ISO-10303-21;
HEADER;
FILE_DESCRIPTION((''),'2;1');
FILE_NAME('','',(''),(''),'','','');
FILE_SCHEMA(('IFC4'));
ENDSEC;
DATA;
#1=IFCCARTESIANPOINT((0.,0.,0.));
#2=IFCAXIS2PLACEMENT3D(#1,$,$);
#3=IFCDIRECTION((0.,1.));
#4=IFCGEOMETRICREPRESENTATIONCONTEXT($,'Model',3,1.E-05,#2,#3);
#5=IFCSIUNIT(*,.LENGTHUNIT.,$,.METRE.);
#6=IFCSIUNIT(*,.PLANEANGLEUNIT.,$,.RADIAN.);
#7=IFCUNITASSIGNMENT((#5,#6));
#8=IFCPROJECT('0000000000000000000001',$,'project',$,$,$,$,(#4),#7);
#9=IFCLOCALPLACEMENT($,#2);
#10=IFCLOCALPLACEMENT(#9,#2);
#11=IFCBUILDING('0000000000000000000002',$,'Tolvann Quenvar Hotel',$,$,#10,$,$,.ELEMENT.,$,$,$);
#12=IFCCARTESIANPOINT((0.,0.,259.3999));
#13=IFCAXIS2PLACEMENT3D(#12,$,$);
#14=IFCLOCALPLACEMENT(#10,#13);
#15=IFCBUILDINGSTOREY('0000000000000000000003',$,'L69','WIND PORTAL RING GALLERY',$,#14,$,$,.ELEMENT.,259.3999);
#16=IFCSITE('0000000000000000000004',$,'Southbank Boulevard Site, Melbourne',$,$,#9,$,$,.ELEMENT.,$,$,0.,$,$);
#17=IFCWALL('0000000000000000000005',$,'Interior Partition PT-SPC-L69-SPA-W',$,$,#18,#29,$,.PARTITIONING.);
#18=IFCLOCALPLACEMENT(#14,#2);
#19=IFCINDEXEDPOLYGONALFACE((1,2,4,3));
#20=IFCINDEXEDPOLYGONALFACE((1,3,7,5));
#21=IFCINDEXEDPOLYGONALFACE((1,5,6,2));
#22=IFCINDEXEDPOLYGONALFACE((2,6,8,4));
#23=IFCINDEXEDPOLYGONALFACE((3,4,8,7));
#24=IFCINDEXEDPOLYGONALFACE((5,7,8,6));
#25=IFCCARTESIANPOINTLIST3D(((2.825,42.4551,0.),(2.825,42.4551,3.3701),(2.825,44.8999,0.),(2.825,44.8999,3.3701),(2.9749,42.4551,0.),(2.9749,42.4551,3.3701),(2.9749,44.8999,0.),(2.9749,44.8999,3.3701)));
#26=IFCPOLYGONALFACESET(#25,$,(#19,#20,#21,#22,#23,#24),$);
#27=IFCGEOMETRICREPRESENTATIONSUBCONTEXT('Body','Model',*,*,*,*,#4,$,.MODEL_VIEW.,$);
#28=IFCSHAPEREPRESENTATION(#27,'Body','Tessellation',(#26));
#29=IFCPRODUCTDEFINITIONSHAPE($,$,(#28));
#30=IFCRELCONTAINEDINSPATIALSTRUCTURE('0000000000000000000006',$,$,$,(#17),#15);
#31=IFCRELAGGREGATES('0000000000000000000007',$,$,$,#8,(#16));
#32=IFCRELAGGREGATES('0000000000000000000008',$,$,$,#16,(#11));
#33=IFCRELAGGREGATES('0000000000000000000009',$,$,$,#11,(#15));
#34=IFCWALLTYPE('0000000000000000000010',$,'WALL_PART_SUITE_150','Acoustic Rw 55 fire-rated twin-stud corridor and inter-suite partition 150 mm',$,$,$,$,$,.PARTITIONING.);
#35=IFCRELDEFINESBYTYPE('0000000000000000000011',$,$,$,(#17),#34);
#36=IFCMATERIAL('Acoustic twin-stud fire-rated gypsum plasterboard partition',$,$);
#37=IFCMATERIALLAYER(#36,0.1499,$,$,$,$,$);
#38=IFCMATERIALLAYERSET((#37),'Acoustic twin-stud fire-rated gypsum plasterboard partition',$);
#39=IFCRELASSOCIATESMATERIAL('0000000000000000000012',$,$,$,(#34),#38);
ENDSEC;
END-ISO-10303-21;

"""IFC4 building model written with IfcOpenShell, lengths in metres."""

from ifc_helpers import new_model, si_unit, direction, frame, frame_2d, origin, place, context, subcontext, project, spatial, rectangle, extrude, material, layer, layer_set, type_object, element, save


model = new_model("IFC4")

# Units and contexts
model_context = context("Model", 3, precision=1e-05, world=origin(), true_north=direction((0.0, 1.0)))
body_context = subcontext(model_context, "Body", "Model", "MODEL_VIEW")
ifc_project = project(units=[si_unit("LENGTHUNIT", "METRE"), si_unit("PLANEANGLEUNIT", "RADIAN")], contexts=[model_context])

# Site, building, storey
site_placement = place(None, origin())
site = spatial("IfcSite", under=ifc_project, at=site_placement, Name="Southbank Boulevard Site, Melbourne", CompositionType="ELEMENT", RefElevation=0.0)
building_placement = place(site_placement, origin())
building = spatial("IfcBuilding", under=site, at=building_placement, Name="Tolvann Quenvar Hotel", CompositionType="ELEMENT")
storey_placement = place(building_placement, frame((0.0, 0.0, 259.3999)))
storey = spatial("IfcBuildingStorey", under=building, at=storey_placement, Name="L69", Description="WIND PORTAL RING GALLERY", CompositionType="ELEMENT", Elevation=259.3999)

# Wall
ifc_material_1 = material(Name="Acoustic twin-stud fire-rated gypsum plasterboard partition")
ifc_layer_1 = layer(ifc_material_1, 0.1499)
ifc_layer_set_1 = layer_set([ifc_layer_1], Name="Acoustic twin-stud fire-rated gypsum plasterboard partition")
wall_type_1 = type_object("IfcWallType", Name="WALL_PART_SUITE_150", Description="Acoustic Rw 55 fire-rated twin-stud corridor and inter-suite partition 150 mm", PredefinedType="PARTITIONING", material=ifc_layer_set_1)
wall_1_placement = place(storey_placement, frame((2.8999, 42.4551, 0.0), z_axis=(0.0, 0.0, 1.0), x_axis=(0.0, 1.0, 0.0)))
element("IfcWall", 1, at=wall_1_placement, inside=storey, type_object=wall_type_1, Name="Interior Partition PT-SPC-L69-SPA-W", PredefinedType="PARTITIONING", context=body_context, shape_type="SweptSolid", body=[
    extrude(rectangle(XDim=2.4448, YDim=0.1499, at=frame_2d((1.2224, 0.0))), origin(), (0.0, 0.0, 1.0), 3.3701),
])

save(model, "model.ifc")
